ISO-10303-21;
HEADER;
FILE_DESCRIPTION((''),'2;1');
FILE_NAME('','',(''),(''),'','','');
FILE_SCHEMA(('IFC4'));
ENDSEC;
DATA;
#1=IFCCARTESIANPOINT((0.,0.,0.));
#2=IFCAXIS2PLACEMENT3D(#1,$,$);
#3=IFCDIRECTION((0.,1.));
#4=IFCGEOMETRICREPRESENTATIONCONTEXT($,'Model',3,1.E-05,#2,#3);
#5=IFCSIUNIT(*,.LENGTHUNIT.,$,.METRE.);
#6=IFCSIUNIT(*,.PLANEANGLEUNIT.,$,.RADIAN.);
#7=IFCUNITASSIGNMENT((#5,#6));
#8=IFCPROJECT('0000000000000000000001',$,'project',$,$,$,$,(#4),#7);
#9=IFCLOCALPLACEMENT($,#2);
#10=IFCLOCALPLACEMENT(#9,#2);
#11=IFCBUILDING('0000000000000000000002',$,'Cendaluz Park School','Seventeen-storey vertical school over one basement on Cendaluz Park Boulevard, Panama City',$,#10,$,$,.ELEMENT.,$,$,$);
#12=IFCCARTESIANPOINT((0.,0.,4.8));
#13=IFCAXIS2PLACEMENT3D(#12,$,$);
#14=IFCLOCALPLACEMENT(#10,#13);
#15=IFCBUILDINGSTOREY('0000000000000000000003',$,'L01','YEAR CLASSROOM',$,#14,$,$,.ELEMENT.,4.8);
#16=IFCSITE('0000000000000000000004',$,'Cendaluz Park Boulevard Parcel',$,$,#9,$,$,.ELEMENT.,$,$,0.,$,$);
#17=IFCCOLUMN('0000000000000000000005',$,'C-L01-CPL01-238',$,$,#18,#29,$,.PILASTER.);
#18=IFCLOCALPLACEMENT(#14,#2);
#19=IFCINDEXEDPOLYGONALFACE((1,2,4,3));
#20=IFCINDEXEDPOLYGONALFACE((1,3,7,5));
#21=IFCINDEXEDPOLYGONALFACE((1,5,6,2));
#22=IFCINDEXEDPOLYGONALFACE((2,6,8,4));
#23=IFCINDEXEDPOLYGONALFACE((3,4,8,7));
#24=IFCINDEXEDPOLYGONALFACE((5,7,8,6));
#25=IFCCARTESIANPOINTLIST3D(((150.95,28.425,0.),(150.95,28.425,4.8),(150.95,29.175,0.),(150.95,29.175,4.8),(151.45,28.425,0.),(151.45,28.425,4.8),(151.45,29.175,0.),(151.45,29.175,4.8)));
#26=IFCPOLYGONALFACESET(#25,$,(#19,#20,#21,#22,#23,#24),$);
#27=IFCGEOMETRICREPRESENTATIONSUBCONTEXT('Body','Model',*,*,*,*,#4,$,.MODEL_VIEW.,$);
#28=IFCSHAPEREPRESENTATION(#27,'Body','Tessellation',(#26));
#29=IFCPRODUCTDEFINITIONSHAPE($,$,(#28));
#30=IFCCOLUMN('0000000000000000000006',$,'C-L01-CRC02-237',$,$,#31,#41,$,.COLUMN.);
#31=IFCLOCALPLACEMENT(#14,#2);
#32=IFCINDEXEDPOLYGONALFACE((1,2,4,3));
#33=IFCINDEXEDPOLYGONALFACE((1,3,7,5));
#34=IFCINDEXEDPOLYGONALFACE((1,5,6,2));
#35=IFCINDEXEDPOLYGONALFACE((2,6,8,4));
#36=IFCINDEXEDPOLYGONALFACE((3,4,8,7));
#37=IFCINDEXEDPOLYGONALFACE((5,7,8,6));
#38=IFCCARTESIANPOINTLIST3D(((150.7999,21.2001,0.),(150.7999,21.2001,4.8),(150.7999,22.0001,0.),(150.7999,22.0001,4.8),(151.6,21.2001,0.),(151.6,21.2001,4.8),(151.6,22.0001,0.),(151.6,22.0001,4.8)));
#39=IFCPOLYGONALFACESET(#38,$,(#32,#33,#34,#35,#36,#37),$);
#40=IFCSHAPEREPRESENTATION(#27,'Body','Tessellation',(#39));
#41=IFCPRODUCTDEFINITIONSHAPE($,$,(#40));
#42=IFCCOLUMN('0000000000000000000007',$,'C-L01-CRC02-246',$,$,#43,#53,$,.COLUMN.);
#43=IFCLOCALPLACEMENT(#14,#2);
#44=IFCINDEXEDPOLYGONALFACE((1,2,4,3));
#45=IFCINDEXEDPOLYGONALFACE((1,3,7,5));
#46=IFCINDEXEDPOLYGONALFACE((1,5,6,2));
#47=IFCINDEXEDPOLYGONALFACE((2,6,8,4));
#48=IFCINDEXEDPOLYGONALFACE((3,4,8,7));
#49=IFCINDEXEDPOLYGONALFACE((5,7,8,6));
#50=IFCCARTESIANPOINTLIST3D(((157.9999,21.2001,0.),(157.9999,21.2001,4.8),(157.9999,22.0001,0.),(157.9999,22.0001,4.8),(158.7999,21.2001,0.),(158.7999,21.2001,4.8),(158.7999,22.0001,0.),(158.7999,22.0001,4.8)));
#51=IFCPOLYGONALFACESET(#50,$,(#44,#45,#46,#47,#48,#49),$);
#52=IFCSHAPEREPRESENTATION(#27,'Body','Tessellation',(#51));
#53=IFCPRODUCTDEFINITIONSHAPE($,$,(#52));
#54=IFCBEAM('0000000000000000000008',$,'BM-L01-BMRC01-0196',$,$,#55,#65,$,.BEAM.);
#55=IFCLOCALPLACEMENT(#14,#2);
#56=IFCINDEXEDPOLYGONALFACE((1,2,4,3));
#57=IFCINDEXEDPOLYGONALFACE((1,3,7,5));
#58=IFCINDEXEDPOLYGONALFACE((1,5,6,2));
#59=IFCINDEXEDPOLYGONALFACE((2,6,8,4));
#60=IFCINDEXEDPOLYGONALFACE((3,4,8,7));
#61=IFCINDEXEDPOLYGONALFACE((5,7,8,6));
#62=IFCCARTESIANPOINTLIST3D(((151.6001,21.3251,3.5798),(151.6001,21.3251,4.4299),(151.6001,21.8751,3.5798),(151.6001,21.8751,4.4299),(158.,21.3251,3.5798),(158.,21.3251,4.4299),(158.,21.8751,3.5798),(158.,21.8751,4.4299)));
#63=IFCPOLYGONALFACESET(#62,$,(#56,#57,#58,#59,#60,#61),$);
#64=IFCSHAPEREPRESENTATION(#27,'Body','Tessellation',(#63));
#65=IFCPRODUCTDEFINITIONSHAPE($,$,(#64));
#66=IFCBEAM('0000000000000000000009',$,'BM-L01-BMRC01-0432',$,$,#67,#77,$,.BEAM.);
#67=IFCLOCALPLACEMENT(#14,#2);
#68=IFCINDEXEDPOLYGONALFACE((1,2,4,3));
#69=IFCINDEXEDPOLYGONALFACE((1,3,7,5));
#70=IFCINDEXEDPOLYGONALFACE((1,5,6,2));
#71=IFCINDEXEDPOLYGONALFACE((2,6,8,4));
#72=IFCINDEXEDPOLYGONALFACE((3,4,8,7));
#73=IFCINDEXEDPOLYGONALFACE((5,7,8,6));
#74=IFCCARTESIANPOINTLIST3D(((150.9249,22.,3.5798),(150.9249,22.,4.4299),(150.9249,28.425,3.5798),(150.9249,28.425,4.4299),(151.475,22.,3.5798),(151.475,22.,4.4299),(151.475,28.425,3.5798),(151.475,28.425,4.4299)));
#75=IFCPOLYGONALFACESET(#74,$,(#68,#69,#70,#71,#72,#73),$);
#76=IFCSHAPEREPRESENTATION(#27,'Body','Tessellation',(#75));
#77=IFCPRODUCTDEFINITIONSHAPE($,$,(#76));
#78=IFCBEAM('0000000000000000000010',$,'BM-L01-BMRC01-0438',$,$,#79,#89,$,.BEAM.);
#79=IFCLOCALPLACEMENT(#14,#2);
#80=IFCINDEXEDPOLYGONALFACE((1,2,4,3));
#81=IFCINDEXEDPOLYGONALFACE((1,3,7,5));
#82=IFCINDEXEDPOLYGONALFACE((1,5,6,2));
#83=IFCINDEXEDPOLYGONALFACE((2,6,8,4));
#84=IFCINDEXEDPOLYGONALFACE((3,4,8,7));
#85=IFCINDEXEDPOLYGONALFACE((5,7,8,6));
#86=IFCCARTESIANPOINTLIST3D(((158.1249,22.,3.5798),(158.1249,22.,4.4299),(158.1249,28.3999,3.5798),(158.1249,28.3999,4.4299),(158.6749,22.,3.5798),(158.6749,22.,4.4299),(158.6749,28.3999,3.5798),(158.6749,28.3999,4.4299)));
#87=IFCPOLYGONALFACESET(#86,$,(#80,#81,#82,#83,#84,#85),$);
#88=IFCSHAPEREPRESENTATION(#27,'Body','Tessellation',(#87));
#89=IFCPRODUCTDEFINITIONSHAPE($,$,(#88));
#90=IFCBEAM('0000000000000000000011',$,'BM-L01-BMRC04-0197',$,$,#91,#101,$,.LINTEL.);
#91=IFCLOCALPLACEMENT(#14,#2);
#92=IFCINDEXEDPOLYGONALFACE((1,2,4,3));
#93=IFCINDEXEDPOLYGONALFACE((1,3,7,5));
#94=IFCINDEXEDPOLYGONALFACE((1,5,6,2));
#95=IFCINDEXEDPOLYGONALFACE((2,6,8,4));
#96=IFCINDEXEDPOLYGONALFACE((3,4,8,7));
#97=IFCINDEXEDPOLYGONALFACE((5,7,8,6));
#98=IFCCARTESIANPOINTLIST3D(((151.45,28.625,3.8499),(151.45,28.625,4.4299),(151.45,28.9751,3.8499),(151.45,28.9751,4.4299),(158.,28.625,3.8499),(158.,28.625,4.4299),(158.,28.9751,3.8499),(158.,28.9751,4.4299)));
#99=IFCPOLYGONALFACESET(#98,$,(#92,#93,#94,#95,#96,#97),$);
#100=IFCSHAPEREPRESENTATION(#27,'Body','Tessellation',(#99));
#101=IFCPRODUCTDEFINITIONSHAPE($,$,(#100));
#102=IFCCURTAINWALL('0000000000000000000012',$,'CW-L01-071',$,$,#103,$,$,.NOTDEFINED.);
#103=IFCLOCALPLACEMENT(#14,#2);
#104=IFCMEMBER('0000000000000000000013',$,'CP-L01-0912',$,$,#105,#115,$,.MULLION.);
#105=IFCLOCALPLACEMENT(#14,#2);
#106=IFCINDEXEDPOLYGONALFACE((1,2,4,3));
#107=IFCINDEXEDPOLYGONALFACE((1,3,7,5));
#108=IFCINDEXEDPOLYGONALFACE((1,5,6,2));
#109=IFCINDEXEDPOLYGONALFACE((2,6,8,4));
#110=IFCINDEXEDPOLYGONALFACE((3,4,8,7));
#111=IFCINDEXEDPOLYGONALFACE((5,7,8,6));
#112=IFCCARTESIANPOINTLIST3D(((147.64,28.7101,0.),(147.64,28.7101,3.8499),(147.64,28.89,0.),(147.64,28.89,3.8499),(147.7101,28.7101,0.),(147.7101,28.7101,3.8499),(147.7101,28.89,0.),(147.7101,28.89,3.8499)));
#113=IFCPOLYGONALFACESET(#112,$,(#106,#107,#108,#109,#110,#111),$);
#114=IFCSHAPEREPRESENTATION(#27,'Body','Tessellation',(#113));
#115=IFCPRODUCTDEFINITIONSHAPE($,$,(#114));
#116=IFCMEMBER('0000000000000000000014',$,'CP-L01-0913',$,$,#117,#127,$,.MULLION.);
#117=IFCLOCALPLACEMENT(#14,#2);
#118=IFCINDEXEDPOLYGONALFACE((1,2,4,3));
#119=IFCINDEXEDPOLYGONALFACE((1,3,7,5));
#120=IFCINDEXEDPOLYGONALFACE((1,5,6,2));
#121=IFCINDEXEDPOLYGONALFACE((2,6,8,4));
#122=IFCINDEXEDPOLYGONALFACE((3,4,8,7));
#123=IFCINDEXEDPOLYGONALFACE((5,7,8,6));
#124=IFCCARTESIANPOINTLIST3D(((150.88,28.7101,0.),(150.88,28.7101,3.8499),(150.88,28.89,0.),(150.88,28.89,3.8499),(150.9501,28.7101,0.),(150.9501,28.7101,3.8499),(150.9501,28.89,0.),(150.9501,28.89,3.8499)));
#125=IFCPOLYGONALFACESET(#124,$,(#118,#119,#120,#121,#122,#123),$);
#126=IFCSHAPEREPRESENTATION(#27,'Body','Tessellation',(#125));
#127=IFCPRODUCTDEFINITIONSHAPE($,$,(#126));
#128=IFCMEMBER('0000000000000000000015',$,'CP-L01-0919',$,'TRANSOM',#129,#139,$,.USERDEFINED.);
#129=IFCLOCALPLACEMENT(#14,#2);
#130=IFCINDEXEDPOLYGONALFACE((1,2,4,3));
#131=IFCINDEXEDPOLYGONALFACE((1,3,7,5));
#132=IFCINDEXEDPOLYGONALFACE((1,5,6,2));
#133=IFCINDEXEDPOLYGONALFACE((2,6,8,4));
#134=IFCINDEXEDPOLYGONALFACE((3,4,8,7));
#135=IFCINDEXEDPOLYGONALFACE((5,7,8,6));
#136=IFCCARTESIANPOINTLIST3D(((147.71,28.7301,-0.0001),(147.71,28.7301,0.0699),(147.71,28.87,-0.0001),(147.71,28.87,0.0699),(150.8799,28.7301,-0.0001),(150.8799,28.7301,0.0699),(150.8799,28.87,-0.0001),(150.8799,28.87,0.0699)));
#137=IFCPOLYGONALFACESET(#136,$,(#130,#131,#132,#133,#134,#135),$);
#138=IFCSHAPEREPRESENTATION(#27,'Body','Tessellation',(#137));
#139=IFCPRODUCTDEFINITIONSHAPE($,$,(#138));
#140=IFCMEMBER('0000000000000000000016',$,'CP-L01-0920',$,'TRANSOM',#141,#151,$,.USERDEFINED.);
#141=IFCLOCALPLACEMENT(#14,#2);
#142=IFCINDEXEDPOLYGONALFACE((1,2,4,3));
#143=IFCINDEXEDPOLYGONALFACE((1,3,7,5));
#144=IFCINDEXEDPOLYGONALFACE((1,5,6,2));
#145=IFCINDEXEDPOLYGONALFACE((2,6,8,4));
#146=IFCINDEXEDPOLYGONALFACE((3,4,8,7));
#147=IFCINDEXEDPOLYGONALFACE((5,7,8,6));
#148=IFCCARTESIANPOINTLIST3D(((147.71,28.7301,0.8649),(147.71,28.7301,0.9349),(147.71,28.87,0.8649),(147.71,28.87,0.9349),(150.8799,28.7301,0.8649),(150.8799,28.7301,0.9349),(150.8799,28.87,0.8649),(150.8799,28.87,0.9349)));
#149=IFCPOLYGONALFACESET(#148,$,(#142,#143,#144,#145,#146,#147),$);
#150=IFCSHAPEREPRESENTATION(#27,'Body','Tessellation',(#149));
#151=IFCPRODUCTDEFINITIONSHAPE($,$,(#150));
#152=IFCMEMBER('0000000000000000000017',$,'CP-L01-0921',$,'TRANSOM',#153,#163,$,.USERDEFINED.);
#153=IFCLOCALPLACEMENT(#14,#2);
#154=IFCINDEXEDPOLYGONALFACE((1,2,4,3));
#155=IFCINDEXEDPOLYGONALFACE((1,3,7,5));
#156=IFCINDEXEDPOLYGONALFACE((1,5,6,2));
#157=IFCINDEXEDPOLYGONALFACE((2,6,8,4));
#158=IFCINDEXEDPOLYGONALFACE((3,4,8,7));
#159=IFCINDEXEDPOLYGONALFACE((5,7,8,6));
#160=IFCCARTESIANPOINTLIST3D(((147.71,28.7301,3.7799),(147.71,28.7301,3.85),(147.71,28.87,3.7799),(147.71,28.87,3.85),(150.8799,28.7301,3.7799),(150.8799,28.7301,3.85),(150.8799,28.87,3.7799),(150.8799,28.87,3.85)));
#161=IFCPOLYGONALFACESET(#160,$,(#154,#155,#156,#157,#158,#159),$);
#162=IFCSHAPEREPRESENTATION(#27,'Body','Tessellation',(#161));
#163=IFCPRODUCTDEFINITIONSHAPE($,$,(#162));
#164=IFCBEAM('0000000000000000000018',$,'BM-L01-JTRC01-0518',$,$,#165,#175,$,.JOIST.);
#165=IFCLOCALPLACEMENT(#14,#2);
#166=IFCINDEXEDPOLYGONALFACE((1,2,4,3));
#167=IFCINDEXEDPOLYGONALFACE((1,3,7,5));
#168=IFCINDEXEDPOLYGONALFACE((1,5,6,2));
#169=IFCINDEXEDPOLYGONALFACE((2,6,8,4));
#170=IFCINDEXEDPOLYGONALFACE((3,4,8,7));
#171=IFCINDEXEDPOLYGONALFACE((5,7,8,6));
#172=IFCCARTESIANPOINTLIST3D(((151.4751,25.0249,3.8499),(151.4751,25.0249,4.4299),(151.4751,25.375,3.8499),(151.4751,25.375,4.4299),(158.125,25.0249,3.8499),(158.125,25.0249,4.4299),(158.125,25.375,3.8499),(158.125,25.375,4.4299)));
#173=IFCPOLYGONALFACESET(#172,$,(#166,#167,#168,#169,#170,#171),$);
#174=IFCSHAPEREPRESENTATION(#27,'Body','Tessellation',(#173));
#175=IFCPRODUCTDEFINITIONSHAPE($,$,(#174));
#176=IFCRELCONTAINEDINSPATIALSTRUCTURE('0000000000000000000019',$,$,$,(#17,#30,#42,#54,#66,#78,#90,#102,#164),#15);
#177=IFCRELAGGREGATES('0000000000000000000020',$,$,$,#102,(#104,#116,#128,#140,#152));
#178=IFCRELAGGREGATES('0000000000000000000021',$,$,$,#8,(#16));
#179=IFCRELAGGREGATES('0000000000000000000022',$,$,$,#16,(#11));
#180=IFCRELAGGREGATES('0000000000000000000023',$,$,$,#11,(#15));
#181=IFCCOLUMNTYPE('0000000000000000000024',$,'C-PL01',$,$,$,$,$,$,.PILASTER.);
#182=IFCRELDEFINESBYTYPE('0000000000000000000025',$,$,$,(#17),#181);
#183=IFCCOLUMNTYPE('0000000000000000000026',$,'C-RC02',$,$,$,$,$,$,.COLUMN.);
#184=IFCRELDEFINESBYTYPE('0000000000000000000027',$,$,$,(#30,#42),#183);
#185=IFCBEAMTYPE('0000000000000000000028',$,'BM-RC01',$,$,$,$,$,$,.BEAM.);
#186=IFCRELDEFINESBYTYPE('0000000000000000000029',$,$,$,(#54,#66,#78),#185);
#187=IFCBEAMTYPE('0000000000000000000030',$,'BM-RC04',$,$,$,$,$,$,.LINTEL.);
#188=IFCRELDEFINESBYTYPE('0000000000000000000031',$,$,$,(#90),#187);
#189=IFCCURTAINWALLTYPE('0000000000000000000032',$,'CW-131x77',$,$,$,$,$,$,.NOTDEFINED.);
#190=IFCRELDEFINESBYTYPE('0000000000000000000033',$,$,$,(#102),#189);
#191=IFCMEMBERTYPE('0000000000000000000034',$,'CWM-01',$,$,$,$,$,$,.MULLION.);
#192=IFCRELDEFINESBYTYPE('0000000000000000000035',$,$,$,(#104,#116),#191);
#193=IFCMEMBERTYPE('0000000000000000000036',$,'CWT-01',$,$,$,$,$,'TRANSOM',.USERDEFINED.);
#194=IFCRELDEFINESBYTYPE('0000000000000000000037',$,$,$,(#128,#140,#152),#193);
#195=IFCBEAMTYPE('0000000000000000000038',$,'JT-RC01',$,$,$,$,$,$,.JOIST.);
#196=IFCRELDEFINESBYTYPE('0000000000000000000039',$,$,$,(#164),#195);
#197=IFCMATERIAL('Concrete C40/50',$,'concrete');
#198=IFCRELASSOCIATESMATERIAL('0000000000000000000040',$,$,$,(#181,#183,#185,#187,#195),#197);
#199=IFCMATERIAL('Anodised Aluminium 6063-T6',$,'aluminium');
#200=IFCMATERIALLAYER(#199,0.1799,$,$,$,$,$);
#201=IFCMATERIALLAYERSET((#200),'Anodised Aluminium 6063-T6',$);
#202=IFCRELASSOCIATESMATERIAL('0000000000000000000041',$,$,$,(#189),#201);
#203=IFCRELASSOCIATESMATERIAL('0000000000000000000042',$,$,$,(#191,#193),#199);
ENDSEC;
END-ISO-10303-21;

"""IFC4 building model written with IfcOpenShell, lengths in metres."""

from ifc_helpers import new_model, si_unit, direction, frame, origin, origin_2d, place, context, subcontext, project, spatial, rectangle, extrude, material, layer, layer_set, material_profile, profile_set, type_object, element, aggregate, save


model = new_model("IFC4")

# Units and contexts
model_context = context("Model", 3, precision=1e-05, world=origin(), true_north=direction((0.0, 1.0)))
body_context = subcontext(model_context, "Body", "Model", "MODEL_VIEW")
ifc_project = project(units=[si_unit("LENGTHUNIT", "METRE"), si_unit("PLANEANGLEUNIT", "RADIAN")], contexts=[model_context])

# Site, building, storey
site_placement = place(None, origin())
site = spatial("IfcSite", under=ifc_project, at=site_placement, Name="Cendaluz Park Boulevard Parcel", CompositionType="ELEMENT", RefElevation=0.0)
building_placement = place(site_placement, origin())
building = spatial("IfcBuilding", under=site, at=building_placement, Name="Cendaluz Park School", Description="Seventeen-storey vertical school over one basement on Cendaluz Park Boulevard, Panama City", CompositionType="ELEMENT")
storey_placement = place(building_placement, frame((0.0, 0.0, 4.8)))
storey = spatial("IfcBuildingStorey", under=building, at=storey_placement, Name="L01", Description="YEAR CLASSROOM", CompositionType="ELEMENT", Elevation=4.8)

# Columns
ifc_material_1 = material(Name="Concrete C40/50", Category="concrete")
ifc_material_profile_1 = material_profile(ifc_material_1, rectangle(XDim=0.5, YDim=0.75, at=origin_2d()), Name="RC 500x750", Category="concrete")
ifc_profile_set_1 = profile_set([ifc_material_profile_1], Name="Concrete C40/50")
column_type_1 = type_object("IfcColumnType", Name="C-PL01", PredefinedType="PILASTER", material=ifc_profile_set_1)
column_placement = place(storey_placement, frame((151.2, 28.8, 0.0), z_axis=(0.0, 0.0, 1.0), x_axis=(1.0, 0.0, 0.0)))
element("IfcColumn", 1, at=column_placement, inside=storey, type_object=column_type_1, Name="C-L01-CPL01-238", PredefinedType="PILASTER", context=body_context, shape_type="SweptSolid", body=[
    extrude(rectangle(XDim=0.5, YDim=0.75, at=origin_2d()), origin(), (0.0, 0.0, 1.0), 4.8),
])
ifc_material_profile_2 = material_profile(ifc_material_1, rectangle(XDim=0.8, YDim=0.8, at=origin_2d()), Name="RC 800x800", Category="concrete")
ifc_profile_set_2 = profile_set([ifc_material_profile_2], Name="Concrete C40/50")
column_type_2 = type_object("IfcColumnType", Name="C-RC02", PredefinedType="COLUMN", material=ifc_profile_set_2)
for number, where, z_axis, x_axis, name in (
    (2, (151.2, 21.6001, 0.0), (0.0, 0.0, 1.0), (1.0, 0.0, 0.0), "C-L01-CRC02-237"),
    (3, (158.3999, 21.6001, 0.0), (0.0, 0.0, 1.0), (1.0, 0.0, 0.0), "C-L01-CRC02-246"),
):
    element("IfcColumn", number, at=place(storey_placement, frame(where, z_axis=z_axis, x_axis=x_axis)), inside=storey, type_object=column_type_2, Name=name, PredefinedType="COLUMN", context=body_context, shape_type="SweptSolid", body=[
        extrude(rectangle(XDim=0.8, YDim=0.8, at=origin_2d()), origin(), (0.0, 0.0, 1.0), 4.8),
    ])

# Beams
ifc_material_profile_3 = material_profile(ifc_material_1, rectangle(XDim=0.55, YDim=0.8501, at=origin_2d()), Name="RC 550x850", Category="concrete")
ifc_profile_set_3 = profile_set([ifc_material_profile_3], Name="Concrete C40/50")
beam_type_1 = type_object("IfcBeamType", Name="BM-RC01", PredefinedType="BEAM", material=ifc_profile_set_3)
beam_1_placement = place(storey_placement, frame((151.6001, 21.6001, 4.0049), z_axis=(1.0, 0.0, 0.0), x_axis=(0.0, 1.0, 0.0)))
element("IfcBeam", 4, at=beam_1_placement, inside=storey, type_object=beam_type_1, Name="BM-L01-BMRC01-0196", PredefinedType="BEAM", context=body_context, shape_type="SweptSolid", body=[
    extrude(rectangle(XDim=0.55, YDim=0.8501, at=origin_2d()), origin(), (0.0, 0.0, 1.0), 6.3999),
])
beam_2_placement = place(storey_placement, frame((151.2, 22.0, 4.0049), z_axis=(0.0, 1.0, 0.0), x_axis=(-1.0, 0.0, 0.0)))
element("IfcBeam", 5, at=beam_2_placement, inside=storey, type_object=beam_type_1, Name="BM-L01-BMRC01-0432", PredefinedType="BEAM", context=body_context, shape_type="SweptSolid", body=[
    extrude(rectangle(XDim=0.55, YDim=0.8501, at=origin_2d()), origin(), (0.0, 0.0, 1.0), 6.425),
])
beam_3_placement = place(storey_placement, frame((158.3999, 22.0, 4.0049), z_axis=(0.0, 1.0, 0.0), x_axis=(-1.0, 0.0, 0.0)))
element("IfcBeam", 6, at=beam_3_placement, inside=storey, type_object=beam_type_1, Name="BM-L01-BMRC01-0438", PredefinedType="BEAM", context=body_context, shape_type="SweptSolid", body=[
    extrude(rectangle(XDim=0.55, YDim=0.8501, at=origin_2d()), origin(), (0.0, 0.0, 1.0), 6.3999),
])
ifc_material_profile_4 = material_profile(ifc_material_1, rectangle(XDim=0.3501, YDim=0.5801, at=origin_2d()), Name="RC 350x580", Category="concrete")
ifc_profile_set_4 = profile_set([ifc_material_profile_4], Name="Concrete C40/50")
beam_type_2 = type_object("IfcBeamType", Name="BM-RC04", PredefinedType="LINTEL", material=ifc_profile_set_4)
beam_4_placement = place(storey_placement, frame((151.45, 28.8, 4.1399), z_axis=(1.0, 0.0, 0.0), x_axis=(0.0, 1.0, 0.0)))
element("IfcBeam", 7, at=beam_4_placement, inside=storey, type_object=beam_type_2, Name="BM-L01-BMRC04-0197", PredefinedType="LINTEL", context=body_context, shape_type="SweptSolid", body=[
    extrude(rectangle(XDim=0.3501, YDim=0.5801, at=origin_2d()), origin(), (0.0, 0.0, 1.0), 6.55),
])

# Curtain wall, members
ifc_material_2 = material(Name="Anodised Aluminium 6063-T6", Category="aluminium")
ifc_layer_1 = layer(ifc_material_2, 0.1799)
ifc_layer_set_1 = layer_set([ifc_layer_1], Name="Anodised Aluminium 6063-T6")
curtain_wall_type = type_object("IfcCurtainWallType", Name="CW-131x77", PredefinedType="NOTDEFINED", material=ifc_layer_set_1)
curtain_wall_placement = place(storey_placement, origin())
curtain_wall = element("IfcCurtainWall", 8, at=curtain_wall_placement, inside=storey, type_object=curtain_wall_type, Name="CW-L01-071", PredefinedType="NOTDEFINED")
ifc_material_profile_5 = material_profile(ifc_material_2, rectangle(XDim=0.1799, YDim=0.0701, at=origin_2d()), Name="CWM 180x70", Category="aluminium")
ifc_profile_set_5 = profile_set([ifc_material_profile_5], Name="Anodised Aluminium 6063-T6")
member_type_1 = type_object("IfcMemberType", Name="CWM-01", PredefinedType="MULLION", material=ifc_profile_set_5)
member_1_placement = place(storey_placement, frame((147.675, 28.8, 0.0), z_axis=(0.0, 0.0, 1.0), x_axis=(0.0, 1.0, 0.0)))
member_1 = element("IfcMember", 9, at=member_1_placement, type_object=member_type_1, Name="CP-L01-0912", PredefinedType="MULLION", context=body_context, shape_type="SweptSolid", body=[
    extrude(rectangle(XDim=0.1799, YDim=0.0701, at=origin_2d()), origin(), (0.0, 0.0, 1.0), 3.8499),
])
member_2_placement = place(storey_placement, frame((150.915, 28.8, 0.0), z_axis=(0.0, 0.0, 1.0), x_axis=(0.0, 1.0, 0.0)))
member_2 = element("IfcMember", 10, at=member_2_placement, type_object=member_type_1, Name="CP-L01-0913", PredefinedType="MULLION", context=body_context, shape_type="SweptSolid", body=[
    extrude(rectangle(XDim=0.1799, YDim=0.0701, at=origin_2d()), origin(), (0.0, 0.0, 1.0), 3.8499),
])
ifc_material_profile_6 = material_profile(ifc_material_2, rectangle(XDim=0.1399, YDim=0.0701, at=origin_2d()), Name="CWT 140x70", Category="aluminium")
ifc_profile_set_6 = profile_set([ifc_material_profile_6], Name="Anodised Aluminium 6063-T6")
member_type_2 = type_object("IfcMemberType", Name="CWT-01", ElementType="TRANSOM", PredefinedType="USERDEFINED", material=ifc_profile_set_6)
member_3_placement = place(storey_placement, frame((147.71, 28.8, 0.0349), z_axis=(1.0, 0.0, 0.0), x_axis=(0.0, 1.0, 0.0)))
member_3 = element("IfcMember", 11, at=member_3_placement, type_object=member_type_2, Name="CP-L01-0919", ObjectType="TRANSOM", PredefinedType="USERDEFINED", context=body_context, shape_type="SweptSolid", body=[
    extrude(rectangle(XDim=0.1399, YDim=0.0701, at=origin_2d()), origin(), (0.0, 0.0, 1.0), 3.1699),
])
member_4_placement = place(storey_placement, frame((147.71, 28.8, 0.8999), z_axis=(1.0, 0.0, 0.0), x_axis=(0.0, 1.0, 0.0)))
member_4 = element("IfcMember", 12, at=member_4_placement, type_object=member_type_2, Name="CP-L01-0920", ObjectType="TRANSOM", PredefinedType="USERDEFINED", context=body_context, shape_type="SweptSolid", body=[
    extrude(rectangle(XDim=0.1399, YDim=0.0701, at=origin_2d()), origin(), (0.0, 0.0, 1.0), 3.1699),
])
member_5_placement = place(storey_placement, frame((147.71, 28.8, 3.8149), z_axis=(1.0, 0.0, 0.0), x_axis=(0.0, 1.0, 0.0)))
member_5 = element("IfcMember", 13, at=member_5_placement, type_object=member_type_2, Name="CP-L01-0921", ObjectType="TRANSOM", PredefinedType="USERDEFINED", context=body_context, shape_type="SweptSolid", body=[
    extrude(rectangle(XDim=0.1399, YDim=0.0701, at=origin_2d()), origin(), (0.0, 0.0, 1.0), 3.1699),
])

# Beam
ifc_material_profile_7 = material_profile(ifc_material_1, rectangle(XDim=0.3501, YDim=0.5801, at=origin_2d()), Name="RC 350x580", Category="concrete")
ifc_profile_set_7 = profile_set([ifc_material_profile_7], Name="Concrete C40/50")
beam_type_3 = type_object("IfcBeamType", Name="JT-RC01", PredefinedType="JOIST", material=ifc_profile_set_7)
beam_5_placement = place(storey_placement, frame((151.4751, 25.2, 4.1399), z_axis=(1.0, 0.0, 0.0), x_axis=(0.0, 1.0, 0.0)))
element("IfcBeam", 14, at=beam_5_placement, inside=storey, type_object=beam_type_3, Name="BM-L01-JTRC01-0518", PredefinedType="JOIST", context=body_context, shape_type="SweptSolid", body=[
    extrude(rectangle(XDim=0.3501, YDim=0.5801, at=origin_2d()), origin(), (0.0, 0.0, 1.0), 6.6499),
])

aggregate(curtain_wall, [member_1, member_2, member_3, member_4, member_5])

save(model, "model.ifc")
